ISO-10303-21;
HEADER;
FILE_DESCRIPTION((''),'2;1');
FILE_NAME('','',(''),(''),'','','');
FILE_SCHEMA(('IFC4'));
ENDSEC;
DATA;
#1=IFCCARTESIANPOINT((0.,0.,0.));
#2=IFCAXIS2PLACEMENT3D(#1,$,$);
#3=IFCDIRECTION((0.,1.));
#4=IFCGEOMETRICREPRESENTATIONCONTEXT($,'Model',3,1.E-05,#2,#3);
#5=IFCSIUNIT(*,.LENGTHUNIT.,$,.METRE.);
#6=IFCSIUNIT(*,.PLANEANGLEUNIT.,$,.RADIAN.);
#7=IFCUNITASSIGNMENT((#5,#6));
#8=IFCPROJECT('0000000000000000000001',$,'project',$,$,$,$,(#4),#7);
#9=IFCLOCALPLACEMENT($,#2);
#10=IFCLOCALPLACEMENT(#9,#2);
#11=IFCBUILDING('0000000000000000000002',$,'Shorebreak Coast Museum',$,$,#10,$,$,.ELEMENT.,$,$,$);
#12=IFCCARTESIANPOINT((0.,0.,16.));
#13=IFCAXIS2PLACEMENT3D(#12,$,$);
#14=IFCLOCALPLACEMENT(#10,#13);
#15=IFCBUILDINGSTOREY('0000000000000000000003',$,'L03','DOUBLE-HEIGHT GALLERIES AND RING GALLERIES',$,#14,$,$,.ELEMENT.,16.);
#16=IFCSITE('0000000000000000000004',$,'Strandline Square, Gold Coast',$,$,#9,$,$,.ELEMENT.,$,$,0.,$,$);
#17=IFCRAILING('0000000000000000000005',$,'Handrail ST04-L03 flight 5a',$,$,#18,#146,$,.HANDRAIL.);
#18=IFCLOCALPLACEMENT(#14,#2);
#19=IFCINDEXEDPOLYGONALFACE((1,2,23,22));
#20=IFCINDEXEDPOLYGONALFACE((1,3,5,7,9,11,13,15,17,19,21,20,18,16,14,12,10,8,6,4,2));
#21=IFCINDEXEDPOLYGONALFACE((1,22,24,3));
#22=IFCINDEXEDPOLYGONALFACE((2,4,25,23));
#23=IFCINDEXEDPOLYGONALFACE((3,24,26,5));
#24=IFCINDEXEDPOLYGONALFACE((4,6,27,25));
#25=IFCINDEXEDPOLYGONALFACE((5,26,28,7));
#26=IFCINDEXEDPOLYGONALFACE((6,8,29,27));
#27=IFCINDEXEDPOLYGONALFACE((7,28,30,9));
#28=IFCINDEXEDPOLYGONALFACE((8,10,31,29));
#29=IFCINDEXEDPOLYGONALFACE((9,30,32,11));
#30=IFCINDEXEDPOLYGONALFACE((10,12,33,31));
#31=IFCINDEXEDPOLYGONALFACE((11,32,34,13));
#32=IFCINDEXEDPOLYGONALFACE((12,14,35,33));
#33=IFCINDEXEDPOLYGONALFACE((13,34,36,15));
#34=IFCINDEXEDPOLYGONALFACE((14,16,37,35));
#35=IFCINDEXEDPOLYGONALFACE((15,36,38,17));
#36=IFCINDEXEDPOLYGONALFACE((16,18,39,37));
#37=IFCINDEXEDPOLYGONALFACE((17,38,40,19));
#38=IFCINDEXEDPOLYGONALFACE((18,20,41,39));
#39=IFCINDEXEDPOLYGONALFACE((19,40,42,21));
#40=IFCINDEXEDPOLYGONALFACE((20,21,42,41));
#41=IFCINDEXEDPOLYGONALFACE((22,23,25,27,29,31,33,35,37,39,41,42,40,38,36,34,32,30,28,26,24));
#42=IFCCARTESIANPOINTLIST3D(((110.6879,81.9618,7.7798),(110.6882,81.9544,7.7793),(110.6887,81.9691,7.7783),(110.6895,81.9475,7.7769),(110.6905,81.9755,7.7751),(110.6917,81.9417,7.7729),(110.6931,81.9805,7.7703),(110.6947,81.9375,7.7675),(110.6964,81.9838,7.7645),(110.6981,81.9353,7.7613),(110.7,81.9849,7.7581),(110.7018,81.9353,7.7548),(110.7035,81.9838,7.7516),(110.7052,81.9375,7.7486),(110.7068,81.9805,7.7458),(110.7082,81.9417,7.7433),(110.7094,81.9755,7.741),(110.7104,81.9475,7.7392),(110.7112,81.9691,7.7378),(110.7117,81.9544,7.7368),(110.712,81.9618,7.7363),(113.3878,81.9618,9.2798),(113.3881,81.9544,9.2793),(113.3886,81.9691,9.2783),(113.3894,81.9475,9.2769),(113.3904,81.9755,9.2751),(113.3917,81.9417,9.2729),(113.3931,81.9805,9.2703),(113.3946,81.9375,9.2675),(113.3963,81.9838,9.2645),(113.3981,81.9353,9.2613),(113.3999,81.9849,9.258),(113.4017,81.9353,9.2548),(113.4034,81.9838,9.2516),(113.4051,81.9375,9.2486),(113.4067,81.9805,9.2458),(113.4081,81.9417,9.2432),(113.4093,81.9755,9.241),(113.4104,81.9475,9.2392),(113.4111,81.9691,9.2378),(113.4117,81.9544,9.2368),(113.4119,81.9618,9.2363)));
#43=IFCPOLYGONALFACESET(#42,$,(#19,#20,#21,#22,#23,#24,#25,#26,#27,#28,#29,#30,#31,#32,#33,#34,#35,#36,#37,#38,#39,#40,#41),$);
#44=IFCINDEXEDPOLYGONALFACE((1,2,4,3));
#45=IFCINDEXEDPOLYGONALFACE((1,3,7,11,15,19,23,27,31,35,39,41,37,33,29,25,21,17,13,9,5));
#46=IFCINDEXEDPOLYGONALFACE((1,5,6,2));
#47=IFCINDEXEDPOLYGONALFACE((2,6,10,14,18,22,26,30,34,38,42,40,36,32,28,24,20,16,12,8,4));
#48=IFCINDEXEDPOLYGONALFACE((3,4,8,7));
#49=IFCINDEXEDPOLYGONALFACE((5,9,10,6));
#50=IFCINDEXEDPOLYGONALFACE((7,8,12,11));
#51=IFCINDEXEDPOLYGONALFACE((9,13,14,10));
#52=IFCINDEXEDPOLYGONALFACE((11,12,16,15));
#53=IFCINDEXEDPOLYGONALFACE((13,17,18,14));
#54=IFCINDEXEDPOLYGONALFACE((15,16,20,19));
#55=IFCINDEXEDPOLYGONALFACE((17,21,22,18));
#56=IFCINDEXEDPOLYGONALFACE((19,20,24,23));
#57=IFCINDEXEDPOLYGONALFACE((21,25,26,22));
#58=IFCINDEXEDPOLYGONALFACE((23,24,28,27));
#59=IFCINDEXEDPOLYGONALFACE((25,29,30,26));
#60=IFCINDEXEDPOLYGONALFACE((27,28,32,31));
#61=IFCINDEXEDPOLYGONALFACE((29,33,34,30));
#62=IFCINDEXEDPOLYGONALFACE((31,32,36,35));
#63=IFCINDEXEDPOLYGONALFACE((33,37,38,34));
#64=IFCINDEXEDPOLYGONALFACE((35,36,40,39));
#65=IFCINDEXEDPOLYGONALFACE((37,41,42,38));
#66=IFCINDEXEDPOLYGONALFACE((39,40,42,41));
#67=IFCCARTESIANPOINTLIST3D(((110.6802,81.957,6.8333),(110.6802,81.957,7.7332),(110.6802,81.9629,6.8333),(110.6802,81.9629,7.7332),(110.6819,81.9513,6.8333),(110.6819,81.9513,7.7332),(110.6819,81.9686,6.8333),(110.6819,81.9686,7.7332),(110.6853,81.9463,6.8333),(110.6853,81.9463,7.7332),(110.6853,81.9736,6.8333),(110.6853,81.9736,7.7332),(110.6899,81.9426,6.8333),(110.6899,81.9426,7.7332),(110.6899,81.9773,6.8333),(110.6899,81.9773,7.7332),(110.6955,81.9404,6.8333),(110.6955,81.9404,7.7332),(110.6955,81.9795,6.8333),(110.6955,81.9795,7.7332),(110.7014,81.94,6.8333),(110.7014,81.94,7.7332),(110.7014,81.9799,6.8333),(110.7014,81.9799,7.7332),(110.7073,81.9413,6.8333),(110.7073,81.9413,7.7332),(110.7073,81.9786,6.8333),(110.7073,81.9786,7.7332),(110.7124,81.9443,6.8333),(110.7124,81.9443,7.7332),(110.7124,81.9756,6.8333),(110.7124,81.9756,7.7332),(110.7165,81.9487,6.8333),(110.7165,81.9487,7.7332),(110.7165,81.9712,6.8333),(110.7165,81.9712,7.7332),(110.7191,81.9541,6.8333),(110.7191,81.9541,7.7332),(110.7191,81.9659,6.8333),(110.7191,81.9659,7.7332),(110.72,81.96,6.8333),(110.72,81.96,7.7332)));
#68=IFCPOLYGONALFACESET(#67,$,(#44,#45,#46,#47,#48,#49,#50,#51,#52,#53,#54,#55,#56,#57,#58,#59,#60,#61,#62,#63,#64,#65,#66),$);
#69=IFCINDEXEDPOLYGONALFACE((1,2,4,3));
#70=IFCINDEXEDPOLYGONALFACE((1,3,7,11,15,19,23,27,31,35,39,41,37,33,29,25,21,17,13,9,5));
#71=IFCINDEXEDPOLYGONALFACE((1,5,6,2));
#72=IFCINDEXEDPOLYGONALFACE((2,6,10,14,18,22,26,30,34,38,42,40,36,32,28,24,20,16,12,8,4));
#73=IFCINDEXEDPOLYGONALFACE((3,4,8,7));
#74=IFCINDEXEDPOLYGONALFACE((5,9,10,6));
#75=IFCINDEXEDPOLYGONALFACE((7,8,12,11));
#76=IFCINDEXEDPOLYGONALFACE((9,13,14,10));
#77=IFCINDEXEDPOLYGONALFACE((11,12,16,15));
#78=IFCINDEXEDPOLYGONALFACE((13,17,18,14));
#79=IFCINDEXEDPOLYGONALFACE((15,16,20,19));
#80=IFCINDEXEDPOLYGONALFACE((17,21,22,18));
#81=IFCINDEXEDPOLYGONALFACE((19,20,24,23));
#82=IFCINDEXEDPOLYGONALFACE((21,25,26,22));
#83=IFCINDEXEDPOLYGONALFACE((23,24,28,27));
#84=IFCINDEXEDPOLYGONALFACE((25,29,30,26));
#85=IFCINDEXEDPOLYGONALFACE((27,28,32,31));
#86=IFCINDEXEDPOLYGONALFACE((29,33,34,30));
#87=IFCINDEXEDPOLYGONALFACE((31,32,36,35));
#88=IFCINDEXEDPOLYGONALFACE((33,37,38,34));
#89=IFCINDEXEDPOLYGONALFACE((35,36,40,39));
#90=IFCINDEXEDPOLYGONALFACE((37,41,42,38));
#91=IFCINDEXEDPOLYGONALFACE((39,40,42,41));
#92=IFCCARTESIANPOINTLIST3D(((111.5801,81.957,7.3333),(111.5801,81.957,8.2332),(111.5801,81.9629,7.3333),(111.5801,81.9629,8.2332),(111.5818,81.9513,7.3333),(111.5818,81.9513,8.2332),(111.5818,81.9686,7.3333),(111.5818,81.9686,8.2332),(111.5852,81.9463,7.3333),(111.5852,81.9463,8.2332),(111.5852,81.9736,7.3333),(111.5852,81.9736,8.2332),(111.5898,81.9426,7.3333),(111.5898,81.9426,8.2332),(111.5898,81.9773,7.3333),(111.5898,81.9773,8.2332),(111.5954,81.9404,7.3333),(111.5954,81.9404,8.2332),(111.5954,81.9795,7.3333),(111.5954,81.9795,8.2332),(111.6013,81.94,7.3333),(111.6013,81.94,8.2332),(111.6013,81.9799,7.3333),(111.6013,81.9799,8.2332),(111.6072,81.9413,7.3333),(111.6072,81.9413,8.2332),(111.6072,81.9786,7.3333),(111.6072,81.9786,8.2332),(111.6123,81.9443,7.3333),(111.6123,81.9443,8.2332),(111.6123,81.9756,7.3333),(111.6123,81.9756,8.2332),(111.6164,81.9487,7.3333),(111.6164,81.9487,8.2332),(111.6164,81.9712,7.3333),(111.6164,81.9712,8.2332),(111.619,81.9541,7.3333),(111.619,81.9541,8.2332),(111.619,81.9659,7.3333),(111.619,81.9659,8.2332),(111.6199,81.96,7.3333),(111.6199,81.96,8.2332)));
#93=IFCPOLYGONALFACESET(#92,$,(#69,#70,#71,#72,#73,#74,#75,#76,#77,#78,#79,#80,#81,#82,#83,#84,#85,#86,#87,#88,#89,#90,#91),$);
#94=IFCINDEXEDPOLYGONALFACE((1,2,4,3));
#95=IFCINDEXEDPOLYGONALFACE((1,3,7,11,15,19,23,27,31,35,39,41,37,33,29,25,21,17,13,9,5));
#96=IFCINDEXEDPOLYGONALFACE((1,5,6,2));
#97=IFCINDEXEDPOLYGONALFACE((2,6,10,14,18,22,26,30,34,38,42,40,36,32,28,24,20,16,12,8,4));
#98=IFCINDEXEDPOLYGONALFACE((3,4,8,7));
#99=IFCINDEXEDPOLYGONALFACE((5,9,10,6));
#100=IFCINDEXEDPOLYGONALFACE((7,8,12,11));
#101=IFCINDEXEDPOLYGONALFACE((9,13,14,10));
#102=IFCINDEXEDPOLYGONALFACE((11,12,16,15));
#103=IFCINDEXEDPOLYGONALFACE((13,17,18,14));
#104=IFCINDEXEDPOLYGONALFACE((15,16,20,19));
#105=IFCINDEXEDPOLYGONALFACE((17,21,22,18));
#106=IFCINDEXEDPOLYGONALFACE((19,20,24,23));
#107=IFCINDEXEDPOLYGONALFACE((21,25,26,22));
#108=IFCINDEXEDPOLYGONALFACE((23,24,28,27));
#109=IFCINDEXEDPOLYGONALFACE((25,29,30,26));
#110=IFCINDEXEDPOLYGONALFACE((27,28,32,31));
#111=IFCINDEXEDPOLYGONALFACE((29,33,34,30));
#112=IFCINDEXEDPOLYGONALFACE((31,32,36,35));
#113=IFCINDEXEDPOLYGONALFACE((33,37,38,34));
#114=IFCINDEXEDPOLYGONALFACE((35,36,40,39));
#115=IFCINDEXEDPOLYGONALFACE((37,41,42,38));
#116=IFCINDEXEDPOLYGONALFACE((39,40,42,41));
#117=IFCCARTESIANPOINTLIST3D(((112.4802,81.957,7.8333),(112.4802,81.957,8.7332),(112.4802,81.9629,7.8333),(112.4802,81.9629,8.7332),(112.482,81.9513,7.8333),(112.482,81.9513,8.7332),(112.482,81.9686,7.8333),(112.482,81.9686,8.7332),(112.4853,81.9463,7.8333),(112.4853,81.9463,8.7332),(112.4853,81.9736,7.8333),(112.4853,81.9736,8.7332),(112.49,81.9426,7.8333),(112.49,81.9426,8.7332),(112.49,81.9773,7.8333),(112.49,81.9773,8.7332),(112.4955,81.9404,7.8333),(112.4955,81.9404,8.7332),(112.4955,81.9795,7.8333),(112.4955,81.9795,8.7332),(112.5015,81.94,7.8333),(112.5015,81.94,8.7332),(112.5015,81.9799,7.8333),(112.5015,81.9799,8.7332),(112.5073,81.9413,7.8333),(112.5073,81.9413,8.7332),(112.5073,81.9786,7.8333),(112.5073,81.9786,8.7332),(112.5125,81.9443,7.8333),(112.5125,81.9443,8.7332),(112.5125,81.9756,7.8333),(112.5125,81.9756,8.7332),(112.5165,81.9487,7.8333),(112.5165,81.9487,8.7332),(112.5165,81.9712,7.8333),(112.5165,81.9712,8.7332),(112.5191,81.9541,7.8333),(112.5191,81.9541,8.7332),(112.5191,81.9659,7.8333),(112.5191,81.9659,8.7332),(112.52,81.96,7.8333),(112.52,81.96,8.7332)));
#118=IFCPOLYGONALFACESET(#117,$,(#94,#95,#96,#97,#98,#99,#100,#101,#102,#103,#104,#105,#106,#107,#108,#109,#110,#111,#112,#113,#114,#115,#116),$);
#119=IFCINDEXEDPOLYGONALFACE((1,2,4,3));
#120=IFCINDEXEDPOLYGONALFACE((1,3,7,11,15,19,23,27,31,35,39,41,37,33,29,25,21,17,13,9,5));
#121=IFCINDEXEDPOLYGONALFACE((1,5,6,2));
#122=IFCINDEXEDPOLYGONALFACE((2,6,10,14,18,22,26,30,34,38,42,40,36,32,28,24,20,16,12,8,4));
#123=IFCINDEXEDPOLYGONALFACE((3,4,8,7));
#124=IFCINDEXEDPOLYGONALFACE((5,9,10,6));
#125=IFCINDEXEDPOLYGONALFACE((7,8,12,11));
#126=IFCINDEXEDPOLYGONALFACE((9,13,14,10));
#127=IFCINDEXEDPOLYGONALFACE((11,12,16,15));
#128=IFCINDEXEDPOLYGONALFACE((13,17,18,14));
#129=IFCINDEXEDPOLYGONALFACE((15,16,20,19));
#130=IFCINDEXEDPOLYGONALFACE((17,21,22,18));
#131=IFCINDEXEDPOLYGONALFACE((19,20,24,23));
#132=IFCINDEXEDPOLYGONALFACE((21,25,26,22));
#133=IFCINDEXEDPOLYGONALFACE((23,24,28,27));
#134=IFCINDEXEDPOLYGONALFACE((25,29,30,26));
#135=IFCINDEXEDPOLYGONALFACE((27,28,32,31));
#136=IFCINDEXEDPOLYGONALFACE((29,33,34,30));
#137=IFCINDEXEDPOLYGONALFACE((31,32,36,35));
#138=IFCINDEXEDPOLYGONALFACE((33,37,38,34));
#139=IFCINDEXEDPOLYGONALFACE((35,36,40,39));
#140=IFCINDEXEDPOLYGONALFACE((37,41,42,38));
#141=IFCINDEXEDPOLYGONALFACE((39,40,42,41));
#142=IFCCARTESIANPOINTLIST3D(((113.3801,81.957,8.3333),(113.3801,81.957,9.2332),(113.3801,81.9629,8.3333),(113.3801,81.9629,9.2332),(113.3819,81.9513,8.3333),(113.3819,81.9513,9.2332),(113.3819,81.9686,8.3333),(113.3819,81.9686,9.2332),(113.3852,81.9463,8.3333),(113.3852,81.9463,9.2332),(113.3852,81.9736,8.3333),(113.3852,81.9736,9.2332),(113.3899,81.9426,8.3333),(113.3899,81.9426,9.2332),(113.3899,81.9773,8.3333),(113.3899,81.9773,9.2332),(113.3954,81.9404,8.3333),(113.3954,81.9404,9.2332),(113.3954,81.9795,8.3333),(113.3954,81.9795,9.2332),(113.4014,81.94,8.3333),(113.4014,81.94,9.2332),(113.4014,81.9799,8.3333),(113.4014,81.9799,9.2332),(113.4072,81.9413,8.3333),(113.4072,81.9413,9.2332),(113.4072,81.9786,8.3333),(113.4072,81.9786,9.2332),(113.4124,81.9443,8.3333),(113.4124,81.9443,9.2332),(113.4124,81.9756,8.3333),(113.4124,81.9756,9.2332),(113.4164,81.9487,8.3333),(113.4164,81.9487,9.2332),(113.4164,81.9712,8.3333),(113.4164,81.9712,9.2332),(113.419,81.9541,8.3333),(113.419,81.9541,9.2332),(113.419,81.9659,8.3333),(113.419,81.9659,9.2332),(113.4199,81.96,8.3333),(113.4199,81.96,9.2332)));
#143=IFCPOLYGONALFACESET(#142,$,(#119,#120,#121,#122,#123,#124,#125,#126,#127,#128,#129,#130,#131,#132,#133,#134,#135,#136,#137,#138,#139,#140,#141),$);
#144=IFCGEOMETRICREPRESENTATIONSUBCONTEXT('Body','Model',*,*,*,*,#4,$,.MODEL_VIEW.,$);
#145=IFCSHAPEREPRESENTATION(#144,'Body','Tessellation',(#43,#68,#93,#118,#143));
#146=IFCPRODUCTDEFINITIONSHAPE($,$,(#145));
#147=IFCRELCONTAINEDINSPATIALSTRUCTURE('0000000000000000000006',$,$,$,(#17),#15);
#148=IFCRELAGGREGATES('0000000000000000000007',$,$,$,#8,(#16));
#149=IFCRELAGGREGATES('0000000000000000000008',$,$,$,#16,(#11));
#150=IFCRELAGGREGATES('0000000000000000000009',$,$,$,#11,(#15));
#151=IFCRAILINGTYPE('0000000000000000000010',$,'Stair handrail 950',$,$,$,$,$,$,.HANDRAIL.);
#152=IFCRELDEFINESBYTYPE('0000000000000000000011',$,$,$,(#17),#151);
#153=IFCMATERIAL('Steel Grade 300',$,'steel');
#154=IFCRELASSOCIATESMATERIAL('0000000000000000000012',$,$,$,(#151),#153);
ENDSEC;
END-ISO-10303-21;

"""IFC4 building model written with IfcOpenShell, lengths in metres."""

from ifc_helpers import new_model, si_unit, direction, frame, origin, origin_2d, place, context, subcontext, project, spatial, circle, extrude, material, type_object, element, save


model = new_model("IFC4")

# Units and contexts
model_context = context("Model", 3, precision=1e-05, world=origin(), true_north=direction((0.0, 1.0)))
body_context = subcontext(model_context, "Body", "Model", "MODEL_VIEW")
ifc_project = project(units=[si_unit("LENGTHUNIT", "METRE"), si_unit("PLANEANGLEUNIT", "RADIAN")], contexts=[model_context])

# Site, building, storey
site_placement = place(None, origin())
site = spatial("IfcSite", under=ifc_project, at=site_placement, Name="Strandline Square, Gold Coast", CompositionType="ELEMENT", RefElevation=0.0)
building_placement = place(site_placement, origin())
building = spatial("IfcBuilding", under=site, at=building_placement, Name="Shorebreak Coast Museum", CompositionType="ELEMENT")
storey_placement = place(building_placement, frame((0.0, 0.0, 16.0)))
storey = spatial("IfcBuildingStorey", under=building, at=storey_placement, Name="L03", Description="DOUBLE-HEIGHT GALLERIES AND RING GALLERIES", CompositionType="ELEMENT", Elevation=16.0)

# Railing
ifc_material_1 = material(Name="Steel Grade 300", Category="steel")
railing_type_1 = type_object("IfcRailingType", Name="Stair handrail 950", PredefinedType="HANDRAIL", material=ifc_material_1)
for number, where, name in (
    (1, (110.7, 81.96, 6.8333), "Handrail ST04-L03 flight 5a"),
):
    element("IfcRailing", number, at=place(storey_placement, frame(where)), inside=storey, type_object=railing_type_1, Name=name, PredefinedType="HANDRAIL", context=body_context, shape_type="SweptSolid", body=[
        extrude(circle(Radius=0.0249, at=origin_2d()), frame((0.0, 0.0, 0.9248), z_axis=(0.874154, 0.0, 0.48565), x_axis=(0.0, 1.0, 0.0)), (0.0, 0.0, 1.0), 3.0886),
        extrude(circle(Radius=0.02, at=origin_2d()), origin(), (0.0, 0.0, 1.0), 0.8999),
        extrude(circle(Radius=0.02, at=origin_2d()), frame((0.8999, 0.0, 0.5)), (0.0, 0.0, 1.0), 0.8999),
        extrude(circle(Radius=0.02, at=origin_2d()), frame((1.8, 0.0, 1.0)), (0.0, 0.0, 1.0), 0.8999),
        extrude(circle(Radius=0.02, at=origin_2d()), frame((2.7, 0.0, 1.5)), (0.0, 0.0, 1.0), 0.8999),
    ])

save(model, "model.ifc")
